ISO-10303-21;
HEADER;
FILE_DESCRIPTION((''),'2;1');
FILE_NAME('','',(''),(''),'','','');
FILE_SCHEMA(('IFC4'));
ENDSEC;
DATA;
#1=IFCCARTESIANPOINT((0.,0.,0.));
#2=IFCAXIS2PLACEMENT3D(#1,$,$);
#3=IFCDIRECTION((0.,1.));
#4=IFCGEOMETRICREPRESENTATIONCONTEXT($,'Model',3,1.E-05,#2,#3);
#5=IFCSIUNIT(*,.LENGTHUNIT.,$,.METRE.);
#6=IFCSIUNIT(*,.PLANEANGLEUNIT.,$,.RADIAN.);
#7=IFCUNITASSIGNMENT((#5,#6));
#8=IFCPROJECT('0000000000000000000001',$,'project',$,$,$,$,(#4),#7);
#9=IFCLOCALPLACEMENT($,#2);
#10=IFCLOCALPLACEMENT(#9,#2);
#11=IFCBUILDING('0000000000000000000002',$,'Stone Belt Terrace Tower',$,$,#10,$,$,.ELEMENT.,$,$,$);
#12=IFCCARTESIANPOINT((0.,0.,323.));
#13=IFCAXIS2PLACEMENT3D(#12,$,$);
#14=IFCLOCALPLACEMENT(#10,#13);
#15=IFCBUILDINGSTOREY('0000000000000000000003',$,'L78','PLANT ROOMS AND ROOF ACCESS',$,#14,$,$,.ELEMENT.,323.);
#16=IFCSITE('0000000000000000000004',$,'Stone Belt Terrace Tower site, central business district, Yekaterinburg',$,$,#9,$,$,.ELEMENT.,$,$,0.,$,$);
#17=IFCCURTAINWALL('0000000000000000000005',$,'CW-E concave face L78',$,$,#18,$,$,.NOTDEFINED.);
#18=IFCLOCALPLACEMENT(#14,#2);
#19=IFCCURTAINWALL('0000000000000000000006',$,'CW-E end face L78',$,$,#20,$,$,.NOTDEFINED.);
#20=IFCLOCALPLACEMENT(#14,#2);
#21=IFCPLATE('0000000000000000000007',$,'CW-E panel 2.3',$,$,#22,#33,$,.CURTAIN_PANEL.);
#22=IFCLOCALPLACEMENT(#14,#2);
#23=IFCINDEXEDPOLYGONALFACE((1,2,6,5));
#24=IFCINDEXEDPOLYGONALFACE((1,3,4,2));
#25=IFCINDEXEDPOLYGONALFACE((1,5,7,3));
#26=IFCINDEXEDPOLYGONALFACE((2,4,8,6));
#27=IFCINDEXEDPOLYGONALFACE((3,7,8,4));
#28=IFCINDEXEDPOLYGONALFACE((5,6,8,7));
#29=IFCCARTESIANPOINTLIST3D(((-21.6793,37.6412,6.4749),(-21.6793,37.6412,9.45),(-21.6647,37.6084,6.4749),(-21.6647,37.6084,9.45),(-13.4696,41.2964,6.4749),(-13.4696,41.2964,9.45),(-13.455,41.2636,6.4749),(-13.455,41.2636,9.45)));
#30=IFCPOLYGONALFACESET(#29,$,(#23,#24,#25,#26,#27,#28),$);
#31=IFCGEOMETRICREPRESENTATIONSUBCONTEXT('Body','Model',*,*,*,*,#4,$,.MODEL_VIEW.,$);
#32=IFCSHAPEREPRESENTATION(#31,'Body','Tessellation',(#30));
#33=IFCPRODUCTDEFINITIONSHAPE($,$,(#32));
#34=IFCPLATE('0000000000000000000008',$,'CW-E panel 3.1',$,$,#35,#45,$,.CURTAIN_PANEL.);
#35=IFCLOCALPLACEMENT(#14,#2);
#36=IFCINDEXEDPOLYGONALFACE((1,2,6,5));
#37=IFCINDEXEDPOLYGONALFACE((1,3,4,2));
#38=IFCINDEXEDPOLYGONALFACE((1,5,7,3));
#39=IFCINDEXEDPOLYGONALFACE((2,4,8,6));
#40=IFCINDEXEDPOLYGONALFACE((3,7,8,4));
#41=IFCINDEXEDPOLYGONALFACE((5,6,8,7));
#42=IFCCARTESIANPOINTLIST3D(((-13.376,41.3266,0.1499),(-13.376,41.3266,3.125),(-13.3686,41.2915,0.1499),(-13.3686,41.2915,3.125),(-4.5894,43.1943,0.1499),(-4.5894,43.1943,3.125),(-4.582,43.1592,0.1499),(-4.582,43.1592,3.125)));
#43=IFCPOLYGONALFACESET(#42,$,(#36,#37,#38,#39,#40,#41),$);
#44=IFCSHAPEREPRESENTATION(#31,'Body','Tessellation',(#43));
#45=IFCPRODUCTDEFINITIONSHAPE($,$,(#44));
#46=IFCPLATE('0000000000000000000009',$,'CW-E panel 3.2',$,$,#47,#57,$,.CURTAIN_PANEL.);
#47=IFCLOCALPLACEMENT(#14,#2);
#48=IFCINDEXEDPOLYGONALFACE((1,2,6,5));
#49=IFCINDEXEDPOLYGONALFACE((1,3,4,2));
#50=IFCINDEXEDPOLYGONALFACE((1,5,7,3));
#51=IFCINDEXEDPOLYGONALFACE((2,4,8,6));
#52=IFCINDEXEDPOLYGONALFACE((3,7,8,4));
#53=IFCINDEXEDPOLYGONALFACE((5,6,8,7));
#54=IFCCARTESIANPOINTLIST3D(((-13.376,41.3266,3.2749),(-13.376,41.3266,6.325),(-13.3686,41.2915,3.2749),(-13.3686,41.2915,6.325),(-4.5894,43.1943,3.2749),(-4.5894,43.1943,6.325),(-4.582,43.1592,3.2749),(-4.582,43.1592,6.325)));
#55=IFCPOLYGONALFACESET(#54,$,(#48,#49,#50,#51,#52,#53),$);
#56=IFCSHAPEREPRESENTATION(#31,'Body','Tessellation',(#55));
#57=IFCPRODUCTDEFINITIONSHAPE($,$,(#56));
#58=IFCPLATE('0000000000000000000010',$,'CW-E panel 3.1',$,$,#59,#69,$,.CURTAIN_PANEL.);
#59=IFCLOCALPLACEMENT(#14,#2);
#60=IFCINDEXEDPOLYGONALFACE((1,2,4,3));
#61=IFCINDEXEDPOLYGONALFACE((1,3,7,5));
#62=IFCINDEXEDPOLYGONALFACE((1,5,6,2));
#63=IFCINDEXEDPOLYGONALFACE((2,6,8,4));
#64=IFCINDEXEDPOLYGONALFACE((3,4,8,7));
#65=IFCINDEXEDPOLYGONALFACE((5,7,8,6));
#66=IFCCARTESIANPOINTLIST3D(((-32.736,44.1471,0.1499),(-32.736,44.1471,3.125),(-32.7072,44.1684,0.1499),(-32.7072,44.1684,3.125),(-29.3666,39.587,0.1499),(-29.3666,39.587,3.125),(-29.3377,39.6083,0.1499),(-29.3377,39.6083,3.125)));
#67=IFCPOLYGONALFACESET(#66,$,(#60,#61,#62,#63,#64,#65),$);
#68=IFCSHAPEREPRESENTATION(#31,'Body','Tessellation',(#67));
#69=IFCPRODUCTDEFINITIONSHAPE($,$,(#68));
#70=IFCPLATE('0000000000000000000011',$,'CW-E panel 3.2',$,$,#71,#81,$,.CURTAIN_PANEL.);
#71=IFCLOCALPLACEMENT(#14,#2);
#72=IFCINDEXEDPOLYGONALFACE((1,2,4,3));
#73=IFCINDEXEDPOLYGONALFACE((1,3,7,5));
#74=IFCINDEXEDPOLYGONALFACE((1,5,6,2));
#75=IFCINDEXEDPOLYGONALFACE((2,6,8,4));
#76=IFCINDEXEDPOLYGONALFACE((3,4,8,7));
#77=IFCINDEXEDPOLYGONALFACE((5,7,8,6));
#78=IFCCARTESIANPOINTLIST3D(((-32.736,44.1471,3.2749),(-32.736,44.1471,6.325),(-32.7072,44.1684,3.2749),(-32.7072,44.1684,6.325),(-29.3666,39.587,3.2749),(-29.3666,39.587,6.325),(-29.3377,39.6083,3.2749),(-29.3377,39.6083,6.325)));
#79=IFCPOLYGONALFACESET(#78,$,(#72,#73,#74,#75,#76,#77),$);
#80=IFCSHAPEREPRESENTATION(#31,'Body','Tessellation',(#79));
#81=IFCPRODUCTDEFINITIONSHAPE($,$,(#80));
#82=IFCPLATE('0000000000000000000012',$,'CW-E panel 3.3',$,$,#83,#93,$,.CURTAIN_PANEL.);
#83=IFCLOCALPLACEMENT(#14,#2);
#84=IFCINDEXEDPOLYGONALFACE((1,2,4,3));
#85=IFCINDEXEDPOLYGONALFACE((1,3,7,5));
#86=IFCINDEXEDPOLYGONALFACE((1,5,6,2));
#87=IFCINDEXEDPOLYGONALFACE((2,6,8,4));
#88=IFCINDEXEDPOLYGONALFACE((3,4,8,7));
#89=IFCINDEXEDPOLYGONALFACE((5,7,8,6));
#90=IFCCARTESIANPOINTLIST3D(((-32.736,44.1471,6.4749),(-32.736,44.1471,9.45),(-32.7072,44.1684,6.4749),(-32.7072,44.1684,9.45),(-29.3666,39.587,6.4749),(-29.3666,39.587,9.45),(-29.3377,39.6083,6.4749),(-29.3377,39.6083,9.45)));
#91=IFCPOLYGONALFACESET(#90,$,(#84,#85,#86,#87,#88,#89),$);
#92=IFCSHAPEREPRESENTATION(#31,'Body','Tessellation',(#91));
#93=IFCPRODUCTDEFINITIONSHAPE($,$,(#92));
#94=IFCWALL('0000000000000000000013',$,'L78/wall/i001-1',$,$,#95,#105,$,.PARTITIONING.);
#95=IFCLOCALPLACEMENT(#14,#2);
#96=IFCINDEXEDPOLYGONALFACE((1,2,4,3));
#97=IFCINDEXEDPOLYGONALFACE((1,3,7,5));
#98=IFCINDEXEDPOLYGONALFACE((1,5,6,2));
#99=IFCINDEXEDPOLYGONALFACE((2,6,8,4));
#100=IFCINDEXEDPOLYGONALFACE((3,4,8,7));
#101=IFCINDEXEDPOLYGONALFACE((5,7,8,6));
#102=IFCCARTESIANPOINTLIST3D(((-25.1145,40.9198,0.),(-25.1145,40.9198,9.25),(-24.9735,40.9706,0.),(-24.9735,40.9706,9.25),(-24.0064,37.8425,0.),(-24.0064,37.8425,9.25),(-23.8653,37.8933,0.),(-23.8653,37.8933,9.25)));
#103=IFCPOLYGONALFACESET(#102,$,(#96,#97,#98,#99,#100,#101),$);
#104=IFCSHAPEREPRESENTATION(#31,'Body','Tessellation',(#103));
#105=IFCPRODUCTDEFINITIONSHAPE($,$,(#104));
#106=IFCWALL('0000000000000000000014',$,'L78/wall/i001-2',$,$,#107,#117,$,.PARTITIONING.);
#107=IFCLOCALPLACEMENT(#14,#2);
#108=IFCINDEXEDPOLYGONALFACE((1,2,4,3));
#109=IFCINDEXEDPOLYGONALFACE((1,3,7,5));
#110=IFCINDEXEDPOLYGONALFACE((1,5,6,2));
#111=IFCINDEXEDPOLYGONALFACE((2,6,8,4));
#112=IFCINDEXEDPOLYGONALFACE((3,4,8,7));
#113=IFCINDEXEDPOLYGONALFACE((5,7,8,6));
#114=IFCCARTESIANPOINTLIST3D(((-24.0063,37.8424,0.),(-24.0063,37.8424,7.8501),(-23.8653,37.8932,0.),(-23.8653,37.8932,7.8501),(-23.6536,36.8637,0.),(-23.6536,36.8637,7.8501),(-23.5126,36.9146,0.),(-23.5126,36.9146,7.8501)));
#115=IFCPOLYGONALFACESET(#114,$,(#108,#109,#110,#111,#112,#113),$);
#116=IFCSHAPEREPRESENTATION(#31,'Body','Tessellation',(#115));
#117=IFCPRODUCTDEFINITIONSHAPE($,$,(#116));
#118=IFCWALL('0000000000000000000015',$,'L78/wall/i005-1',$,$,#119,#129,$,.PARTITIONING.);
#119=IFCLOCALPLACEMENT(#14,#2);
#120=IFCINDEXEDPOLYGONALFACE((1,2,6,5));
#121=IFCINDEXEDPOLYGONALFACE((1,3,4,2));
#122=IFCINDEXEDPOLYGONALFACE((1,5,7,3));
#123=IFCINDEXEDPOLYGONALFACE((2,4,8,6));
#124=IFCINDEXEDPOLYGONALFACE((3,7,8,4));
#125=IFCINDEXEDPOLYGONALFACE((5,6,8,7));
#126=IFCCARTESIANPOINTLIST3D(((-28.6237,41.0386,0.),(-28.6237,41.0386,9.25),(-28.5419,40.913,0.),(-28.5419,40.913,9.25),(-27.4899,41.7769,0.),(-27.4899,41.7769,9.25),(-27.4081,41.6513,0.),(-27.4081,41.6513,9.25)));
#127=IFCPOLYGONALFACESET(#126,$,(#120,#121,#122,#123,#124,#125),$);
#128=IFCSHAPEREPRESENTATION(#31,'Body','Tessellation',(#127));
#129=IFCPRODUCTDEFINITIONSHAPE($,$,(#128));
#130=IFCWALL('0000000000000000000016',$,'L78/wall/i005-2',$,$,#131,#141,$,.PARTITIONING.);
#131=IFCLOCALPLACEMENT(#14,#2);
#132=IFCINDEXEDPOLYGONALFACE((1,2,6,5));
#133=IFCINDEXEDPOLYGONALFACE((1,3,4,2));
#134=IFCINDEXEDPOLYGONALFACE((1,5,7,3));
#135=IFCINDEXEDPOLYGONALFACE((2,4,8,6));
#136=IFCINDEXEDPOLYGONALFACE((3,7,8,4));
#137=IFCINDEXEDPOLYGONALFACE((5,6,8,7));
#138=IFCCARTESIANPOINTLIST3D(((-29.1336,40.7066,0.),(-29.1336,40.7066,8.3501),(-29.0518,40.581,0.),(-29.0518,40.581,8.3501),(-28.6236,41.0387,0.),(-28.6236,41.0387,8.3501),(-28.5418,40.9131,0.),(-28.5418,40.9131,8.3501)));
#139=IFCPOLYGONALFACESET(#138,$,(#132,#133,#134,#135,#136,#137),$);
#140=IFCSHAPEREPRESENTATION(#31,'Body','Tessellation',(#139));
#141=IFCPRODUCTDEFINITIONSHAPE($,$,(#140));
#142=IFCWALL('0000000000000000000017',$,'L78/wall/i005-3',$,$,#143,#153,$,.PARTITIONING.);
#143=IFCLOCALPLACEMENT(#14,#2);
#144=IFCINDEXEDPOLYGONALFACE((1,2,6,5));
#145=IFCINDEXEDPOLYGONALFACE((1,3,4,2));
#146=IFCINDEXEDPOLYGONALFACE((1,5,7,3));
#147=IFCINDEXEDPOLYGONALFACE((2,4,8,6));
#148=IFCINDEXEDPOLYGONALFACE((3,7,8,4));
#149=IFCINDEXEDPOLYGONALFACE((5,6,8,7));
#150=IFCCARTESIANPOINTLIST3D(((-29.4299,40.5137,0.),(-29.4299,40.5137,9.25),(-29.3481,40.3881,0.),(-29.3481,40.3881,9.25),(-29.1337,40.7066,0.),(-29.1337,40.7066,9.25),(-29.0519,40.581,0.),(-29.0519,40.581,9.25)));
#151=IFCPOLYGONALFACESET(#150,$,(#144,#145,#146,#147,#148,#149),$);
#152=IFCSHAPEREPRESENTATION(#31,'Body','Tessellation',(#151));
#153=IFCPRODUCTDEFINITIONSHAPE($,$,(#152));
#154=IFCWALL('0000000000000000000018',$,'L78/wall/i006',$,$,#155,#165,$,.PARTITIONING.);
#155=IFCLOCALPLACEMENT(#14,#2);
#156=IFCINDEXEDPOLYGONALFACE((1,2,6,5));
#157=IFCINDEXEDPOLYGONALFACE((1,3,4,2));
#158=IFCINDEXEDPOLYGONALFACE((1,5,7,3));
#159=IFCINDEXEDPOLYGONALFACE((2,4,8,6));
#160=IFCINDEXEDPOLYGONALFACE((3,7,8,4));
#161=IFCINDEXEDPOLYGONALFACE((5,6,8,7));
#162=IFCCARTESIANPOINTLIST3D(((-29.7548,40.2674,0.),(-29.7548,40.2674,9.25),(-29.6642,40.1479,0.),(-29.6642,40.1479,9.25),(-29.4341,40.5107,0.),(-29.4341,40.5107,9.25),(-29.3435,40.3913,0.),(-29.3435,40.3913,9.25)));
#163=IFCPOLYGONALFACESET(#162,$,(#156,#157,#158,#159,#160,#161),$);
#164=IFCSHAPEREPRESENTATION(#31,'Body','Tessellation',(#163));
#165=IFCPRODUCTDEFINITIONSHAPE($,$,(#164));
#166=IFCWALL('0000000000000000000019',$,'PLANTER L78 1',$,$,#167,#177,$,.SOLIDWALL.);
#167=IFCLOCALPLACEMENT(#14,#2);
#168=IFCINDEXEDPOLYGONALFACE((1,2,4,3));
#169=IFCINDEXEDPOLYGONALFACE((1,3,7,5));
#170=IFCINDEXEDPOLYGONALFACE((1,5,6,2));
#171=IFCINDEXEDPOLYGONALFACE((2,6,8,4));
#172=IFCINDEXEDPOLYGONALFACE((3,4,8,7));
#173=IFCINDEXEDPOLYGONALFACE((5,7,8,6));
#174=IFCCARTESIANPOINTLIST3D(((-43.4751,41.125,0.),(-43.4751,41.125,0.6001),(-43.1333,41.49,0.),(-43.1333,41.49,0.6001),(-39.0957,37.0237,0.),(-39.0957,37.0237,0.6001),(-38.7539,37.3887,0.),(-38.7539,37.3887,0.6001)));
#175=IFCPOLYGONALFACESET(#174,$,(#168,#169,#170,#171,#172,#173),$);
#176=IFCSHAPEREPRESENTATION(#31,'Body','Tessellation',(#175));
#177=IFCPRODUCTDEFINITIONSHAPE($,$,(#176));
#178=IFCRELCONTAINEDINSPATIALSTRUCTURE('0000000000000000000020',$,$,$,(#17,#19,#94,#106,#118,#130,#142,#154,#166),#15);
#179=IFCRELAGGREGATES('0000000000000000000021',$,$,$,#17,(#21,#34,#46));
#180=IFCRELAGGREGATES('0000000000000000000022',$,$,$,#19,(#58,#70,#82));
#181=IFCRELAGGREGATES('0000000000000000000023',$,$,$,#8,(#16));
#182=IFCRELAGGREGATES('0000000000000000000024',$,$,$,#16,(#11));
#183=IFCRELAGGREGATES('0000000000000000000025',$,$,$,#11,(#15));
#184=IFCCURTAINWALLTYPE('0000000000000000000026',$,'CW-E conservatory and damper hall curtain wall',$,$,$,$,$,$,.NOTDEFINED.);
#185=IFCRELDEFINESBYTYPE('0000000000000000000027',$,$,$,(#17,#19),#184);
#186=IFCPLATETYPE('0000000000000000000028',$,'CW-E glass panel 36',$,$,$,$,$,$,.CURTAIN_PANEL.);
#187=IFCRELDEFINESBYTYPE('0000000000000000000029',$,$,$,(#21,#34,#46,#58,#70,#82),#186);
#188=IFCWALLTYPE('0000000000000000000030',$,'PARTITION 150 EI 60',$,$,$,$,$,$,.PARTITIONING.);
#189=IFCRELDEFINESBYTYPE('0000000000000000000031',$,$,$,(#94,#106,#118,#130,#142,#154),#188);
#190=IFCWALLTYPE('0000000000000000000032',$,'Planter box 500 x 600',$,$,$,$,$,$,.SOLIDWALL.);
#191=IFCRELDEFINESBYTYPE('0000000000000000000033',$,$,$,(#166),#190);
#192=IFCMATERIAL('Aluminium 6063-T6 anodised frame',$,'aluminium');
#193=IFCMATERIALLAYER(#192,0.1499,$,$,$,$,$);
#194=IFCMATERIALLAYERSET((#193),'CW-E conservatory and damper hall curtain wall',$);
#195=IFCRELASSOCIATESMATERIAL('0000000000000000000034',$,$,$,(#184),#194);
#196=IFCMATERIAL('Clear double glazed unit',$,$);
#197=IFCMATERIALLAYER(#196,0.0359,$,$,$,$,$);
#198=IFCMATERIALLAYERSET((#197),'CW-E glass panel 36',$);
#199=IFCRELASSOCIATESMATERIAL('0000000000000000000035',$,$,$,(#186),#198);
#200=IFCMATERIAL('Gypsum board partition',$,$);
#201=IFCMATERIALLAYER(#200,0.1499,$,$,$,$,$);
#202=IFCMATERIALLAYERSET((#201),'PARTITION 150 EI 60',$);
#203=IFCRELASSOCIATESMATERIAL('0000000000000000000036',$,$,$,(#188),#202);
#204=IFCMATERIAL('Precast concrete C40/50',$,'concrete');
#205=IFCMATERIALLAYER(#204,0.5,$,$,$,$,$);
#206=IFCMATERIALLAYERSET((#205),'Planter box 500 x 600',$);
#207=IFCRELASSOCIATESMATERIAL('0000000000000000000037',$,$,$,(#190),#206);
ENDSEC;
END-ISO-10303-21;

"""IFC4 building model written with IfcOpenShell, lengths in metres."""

from ifc_helpers import new_model, si_unit, direction, frame, frame_2d, origin, origin_2d, place, context, subcontext, project, spatial, rectangle, extrude, material, layer, layer_set, type_object, element, aggregate, save


model = new_model("IFC4")

# Units and contexts
model_context = context("Model", 3, precision=1e-05, world=origin(), true_north=direction((0.0, 1.0)))
body_context = subcontext(model_context, "Body", "Model", "MODEL_VIEW")
ifc_project = project(units=[si_unit("LENGTHUNIT", "METRE"), si_unit("PLANEANGLEUNIT", "RADIAN")], contexts=[model_context])

# Site, building, storey
site_placement = place(None, origin())
site = spatial("IfcSite", under=ifc_project, at=site_placement, Name="Stone Belt Terrace Tower site, central business district, Yekaterinburg", CompositionType="ELEMENT", RefElevation=0.0)
building_placement = place(site_placement, origin())
building = spatial("IfcBuilding", under=site, at=building_placement, Name="Stone Belt Terrace Tower", CompositionType="ELEMENT")
storey_placement = place(building_placement, frame((0.0, 0.0, 323.0)))
storey = spatial("IfcBuildingStorey", under=building, at=storey_placement, Name="L78", Description="PLANT ROOMS AND ROOF ACCESS", CompositionType="ELEMENT", Elevation=323.0)

# Curtain walls
ifc_material_1 = material(Name="Aluminium 6063-T6 anodised frame", Category="aluminium")
ifc_layer_1 = layer(ifc_material_1, 0.1499)
ifc_layer_set_1 = layer_set([ifc_layer_1], Name="CW-E conservatory and damper hall curtain wall")
curtain_wall_type = type_object("IfcCurtainWallType", Name="CW-E conservatory and damper hall curtain wall", PredefinedType="NOTDEFINED", material=ifc_layer_set_1)
curtain_wall_1_placement = place(storey_placement, origin())
curtain_wall_1 = element("IfcCurtainWall", 1, at=curtain_wall_1_placement, inside=storey, type_object=curtain_wall_type, Name="CW-E concave face L78", PredefinedType="NOTDEFINED")
curtain_wall_2_placement = place(storey_placement, origin())
curtain_wall_2 = element("IfcCurtainWall", 2, at=curtain_wall_2_placement, inside=storey, type_object=curtain_wall_type, Name="CW-E end face L78", PredefinedType="NOTDEFINED")

# Plates
ifc_material_2 = material(Name="Clear double glazed unit")
ifc_layer_2 = layer(ifc_material_2, 0.0359)
ifc_layer_set_2 = layer_set([ifc_layer_2], Name="CW-E glass panel 36")
plate_type = type_object("IfcPlateType", Name="CW-E glass panel 36", PredefinedType="CURTAIN_PANEL", material=ifc_layer_set_2)
plate_1_placement = place(storey_placement, frame((-17.5671, 39.4524, 6.4749), z_axis=(0.0, 0.0, 1.0), x_axis=(0.913545, 0.406737, 0.0)))
plate_1 = element("IfcPlate", 3, at=plate_1_placement, type_object=plate_type, Name="CW-E panel 2.3", PredefinedType="CURTAIN_PANEL", context=body_context, shape_type="SweptSolid", body=[
    extrude(rectangle(XDim=8.9866, YDim=0.0359, at=origin_2d()), origin(), (0.0, 0.0, 1.0), 2.9751),
])
plate_2_placement = place(storey_placement, frame((-8.979, 42.2429, 0.1499), z_axis=(0.0, 0.0, 1.0), x_axis=(0.978148, 0.207912, 0.0)))
plate_2 = element("IfcPlate", 4, at=plate_2_placement, type_object=plate_type, Name="CW-E panel 3.1", PredefinedType="CURTAIN_PANEL", context=body_context, shape_type="SweptSolid", body=[
    extrude(rectangle(XDim=8.9829, YDim=0.0359, at=origin_2d()), origin(), (0.0, 0.0, 1.0), 2.9751),
])
plate_3_placement = place(storey_placement, frame((-8.979, 42.2429, 3.2749), z_axis=(0.0, 0.0, 1.0), x_axis=(0.978148, 0.207912, 0.0)))
plate_3 = element("IfcPlate", 5, at=plate_3_placement, type_object=plate_type, Name="CW-E panel 3.2", PredefinedType="CURTAIN_PANEL", context=body_context, shape_type="SweptSolid", body=[
    extrude(rectangle(XDim=8.9829, YDim=0.0359, at=origin_2d()), origin(), (0.0, 0.0, 1.0), 3.05),
])
aggregate(curtain_wall_1, [plate_1, plate_2, plate_3])
plate_4_placement = place(storey_placement, frame((-31.0369, 41.8777, 0.1499), z_axis=(0.0, 0.0, 1.0), x_axis=(0.594275, -0.804262, 0.0)))
plate_4 = element("IfcPlate", 6, at=plate_4_placement, type_object=plate_type, Name="CW-E panel 3.1", PredefinedType="CURTAIN_PANEL", context=body_context, shape_type="SweptSolid", body=[
    extrude(rectangle(XDim=5.6699, YDim=0.0359, at=origin_2d()), origin(), (0.0, 0.0, 1.0), 2.9751),
])
plate_5_placement = place(storey_placement, frame((-31.0369, 41.8777, 3.2749), z_axis=(0.0, 0.0, 1.0), x_axis=(0.594275, -0.804262, 0.0)))
plate_5 = element("IfcPlate", 7, at=plate_5_placement, type_object=plate_type, Name="CW-E panel 3.2", PredefinedType="CURTAIN_PANEL", context=body_context, shape_type="SweptSolid", body=[
    extrude(rectangle(XDim=5.6699, YDim=0.0359, at=origin_2d()), origin(), (0.0, 0.0, 1.0), 3.05),
])
plate_6_placement = place(storey_placement, frame((-31.0369, 41.8777, 6.4749), z_axis=(0.0, 0.0, 1.0), x_axis=(0.594275, -0.804262, 0.0)))
plate_6 = element("IfcPlate", 8, at=plate_6_placement, type_object=plate_type, Name="CW-E panel 3.3", PredefinedType="CURTAIN_PANEL", context=body_context, shape_type="SweptSolid", body=[
    extrude(rectangle(XDim=5.6699, YDim=0.0359, at=origin_2d()), origin(), (0.0, 0.0, 1.0), 2.9751),
])
aggregate(curtain_wall_2, [plate_4, plate_5, plate_6])

# Walls
ifc_material_3 = material(Name="Gypsum board partition")
ifc_layer_3 = layer(ifc_material_3, 0.1499)
ifc_layer_set_3 = layer_set([ifc_layer_3], Name="PARTITION 150 EI 60")
wall_type_1 = type_object("IfcWallType", Name="PARTITION 150 EI 60", PredefinedType="PARTITIONING", material=ifc_layer_set_3)
wall_1_placement = place(storey_placement, frame((-25.0439, 40.9451, 0.0), z_axis=(0.0, 0.0, 1.0), x_axis=(0.338799, -0.940859, 0.0)))
element("IfcWall", 9, at=wall_1_placement, inside=storey, type_object=wall_type_1, Name="L78/wall/i001-1", PredefinedType="PARTITIONING", context=body_context, shape_type="SweptSolid", body=[
    extrude(rectangle(XDim=3.2708, YDim=0.1499, at=frame_2d((1.6353, 0.0))), origin(), (0.0, 0.0, 1.0), 9.25),
])
wall_2_placement = place(storey_placement, frame((-23.9358, 37.8677, 0.0), z_axis=(0.0, 0.0, 1.0), x_axis=(0.339085, -0.940756, 0.0)))
element("IfcWall", 10, at=wall_2_placement, inside=storey, type_object=wall_type_1, Name="L78/wall/i001-2", PredefinedType="PARTITIONING", context=body_context, shape_type="SweptSolid", body=[
    extrude(rectangle(XDim=1.0403, YDim=0.1499, at=frame_2d((0.52, 0.0))), origin(), (0.0, 0.0, 1.0), 7.8501),
])
wall_3_placement = place(storey_placement, frame((-27.449, 41.7141, 0.0), z_axis=(0.0, 0.0, 1.0), x_axis=(-0.837998, -0.545673, 0.0)))
element("IfcWall", 11, at=wall_3_placement, inside=storey, type_object=wall_type_1, Name="L78/wall/i005-1", PredefinedType="PARTITIONING", context=body_context, shape_type="SweptSolid", body=[
    extrude(rectangle(XDim=1.353, YDim=0.1499, at=frame_2d((0.6765, 0.0))), origin(), (0.0, 0.0, 1.0), 9.25),
])
wall_4_placement = place(storey_placement, frame((-28.5828, 40.9758, 0.0), z_axis=(0.0, 0.0, 1.0), x_axis=(-0.838049, -0.545595, 0.0)))
element("IfcWall", 12, at=wall_4_placement, inside=storey, type_object=wall_type_1, Name="L78/wall/i005-2", PredefinedType="PARTITIONING", context=body_context, shape_type="SweptSolid", body=[
    extrude(rectangle(XDim=0.6086, YDim=0.1499, at=frame_2d((0.3042, 0.0))), origin(), (0.0, 0.0, 1.0), 8.3501),
])
wall_5_placement = place(storey_placement, frame((-29.0928, 40.6438, 0.0), z_axis=(0.0, 0.0, 1.0), x_axis=(-0.837954, -0.545741, 0.0)))
element("IfcWall", 13, at=wall_5_placement, inside=storey, type_object=wall_type_1, Name="L78/wall/i005-3", PredefinedType="PARTITIONING", context=body_context, shape_type="SweptSolid", body=[
    extrude(rectangle(XDim=0.3535, YDim=0.1499, at=frame_2d((0.1768, 0.0))), origin(), (0.0, 0.0, 1.0), 9.25),
])
wall_6_placement = place(storey_placement, frame((-29.3889, 40.4509, 0.0), z_axis=(0.0, 0.0, 1.0), x_axis=(-0.796641, -0.604453, 0.0)))
element("IfcWall", 14, at=wall_6_placement, inside=storey, type_object=wall_type_1, Name="L78/wall/i006", PredefinedType="PARTITIONING", context=body_context, shape_type="SweptSolid", body=[
    extrude(rectangle(XDim=0.4026, YDim=0.1499, at=frame_2d((0.2012, 0.0))), origin(), (0.0, 0.0, 1.0), 9.25),
])
ifc_material_4 = material(Name="Precast concrete C40/50", Category="concrete")
ifc_layer_4 = layer(ifc_material_4, 0.5)
ifc_layer_set_4 = layer_set([ifc_layer_4], Name="Planter box 500 x 600")
wall_type_2 = type_object("IfcWallType", Name="Planter box 500 x 600", PredefinedType="SOLIDWALL", material=ifc_layer_set_4)
wall_7_placement = place(storey_placement, frame((-41.1145, 39.2568, 0.0), z_axis=(0.0, 0.0, 1.0), x_axis=(0.729904, -0.683549, 0.0)))
element("IfcWall", 15, at=wall_7_placement, inside=storey, type_object=wall_type_2, Name="PLANTER L78 1", PredefinedType="SOLIDWALL", context=body_context, shape_type="SweptSolid", body=[
    extrude(rectangle(XDim=6.0, YDim=0.5, at=origin_2d()), origin(), (0.0, 0.0, 1.0), 0.6001),
])

save(model, "model.ifc")
